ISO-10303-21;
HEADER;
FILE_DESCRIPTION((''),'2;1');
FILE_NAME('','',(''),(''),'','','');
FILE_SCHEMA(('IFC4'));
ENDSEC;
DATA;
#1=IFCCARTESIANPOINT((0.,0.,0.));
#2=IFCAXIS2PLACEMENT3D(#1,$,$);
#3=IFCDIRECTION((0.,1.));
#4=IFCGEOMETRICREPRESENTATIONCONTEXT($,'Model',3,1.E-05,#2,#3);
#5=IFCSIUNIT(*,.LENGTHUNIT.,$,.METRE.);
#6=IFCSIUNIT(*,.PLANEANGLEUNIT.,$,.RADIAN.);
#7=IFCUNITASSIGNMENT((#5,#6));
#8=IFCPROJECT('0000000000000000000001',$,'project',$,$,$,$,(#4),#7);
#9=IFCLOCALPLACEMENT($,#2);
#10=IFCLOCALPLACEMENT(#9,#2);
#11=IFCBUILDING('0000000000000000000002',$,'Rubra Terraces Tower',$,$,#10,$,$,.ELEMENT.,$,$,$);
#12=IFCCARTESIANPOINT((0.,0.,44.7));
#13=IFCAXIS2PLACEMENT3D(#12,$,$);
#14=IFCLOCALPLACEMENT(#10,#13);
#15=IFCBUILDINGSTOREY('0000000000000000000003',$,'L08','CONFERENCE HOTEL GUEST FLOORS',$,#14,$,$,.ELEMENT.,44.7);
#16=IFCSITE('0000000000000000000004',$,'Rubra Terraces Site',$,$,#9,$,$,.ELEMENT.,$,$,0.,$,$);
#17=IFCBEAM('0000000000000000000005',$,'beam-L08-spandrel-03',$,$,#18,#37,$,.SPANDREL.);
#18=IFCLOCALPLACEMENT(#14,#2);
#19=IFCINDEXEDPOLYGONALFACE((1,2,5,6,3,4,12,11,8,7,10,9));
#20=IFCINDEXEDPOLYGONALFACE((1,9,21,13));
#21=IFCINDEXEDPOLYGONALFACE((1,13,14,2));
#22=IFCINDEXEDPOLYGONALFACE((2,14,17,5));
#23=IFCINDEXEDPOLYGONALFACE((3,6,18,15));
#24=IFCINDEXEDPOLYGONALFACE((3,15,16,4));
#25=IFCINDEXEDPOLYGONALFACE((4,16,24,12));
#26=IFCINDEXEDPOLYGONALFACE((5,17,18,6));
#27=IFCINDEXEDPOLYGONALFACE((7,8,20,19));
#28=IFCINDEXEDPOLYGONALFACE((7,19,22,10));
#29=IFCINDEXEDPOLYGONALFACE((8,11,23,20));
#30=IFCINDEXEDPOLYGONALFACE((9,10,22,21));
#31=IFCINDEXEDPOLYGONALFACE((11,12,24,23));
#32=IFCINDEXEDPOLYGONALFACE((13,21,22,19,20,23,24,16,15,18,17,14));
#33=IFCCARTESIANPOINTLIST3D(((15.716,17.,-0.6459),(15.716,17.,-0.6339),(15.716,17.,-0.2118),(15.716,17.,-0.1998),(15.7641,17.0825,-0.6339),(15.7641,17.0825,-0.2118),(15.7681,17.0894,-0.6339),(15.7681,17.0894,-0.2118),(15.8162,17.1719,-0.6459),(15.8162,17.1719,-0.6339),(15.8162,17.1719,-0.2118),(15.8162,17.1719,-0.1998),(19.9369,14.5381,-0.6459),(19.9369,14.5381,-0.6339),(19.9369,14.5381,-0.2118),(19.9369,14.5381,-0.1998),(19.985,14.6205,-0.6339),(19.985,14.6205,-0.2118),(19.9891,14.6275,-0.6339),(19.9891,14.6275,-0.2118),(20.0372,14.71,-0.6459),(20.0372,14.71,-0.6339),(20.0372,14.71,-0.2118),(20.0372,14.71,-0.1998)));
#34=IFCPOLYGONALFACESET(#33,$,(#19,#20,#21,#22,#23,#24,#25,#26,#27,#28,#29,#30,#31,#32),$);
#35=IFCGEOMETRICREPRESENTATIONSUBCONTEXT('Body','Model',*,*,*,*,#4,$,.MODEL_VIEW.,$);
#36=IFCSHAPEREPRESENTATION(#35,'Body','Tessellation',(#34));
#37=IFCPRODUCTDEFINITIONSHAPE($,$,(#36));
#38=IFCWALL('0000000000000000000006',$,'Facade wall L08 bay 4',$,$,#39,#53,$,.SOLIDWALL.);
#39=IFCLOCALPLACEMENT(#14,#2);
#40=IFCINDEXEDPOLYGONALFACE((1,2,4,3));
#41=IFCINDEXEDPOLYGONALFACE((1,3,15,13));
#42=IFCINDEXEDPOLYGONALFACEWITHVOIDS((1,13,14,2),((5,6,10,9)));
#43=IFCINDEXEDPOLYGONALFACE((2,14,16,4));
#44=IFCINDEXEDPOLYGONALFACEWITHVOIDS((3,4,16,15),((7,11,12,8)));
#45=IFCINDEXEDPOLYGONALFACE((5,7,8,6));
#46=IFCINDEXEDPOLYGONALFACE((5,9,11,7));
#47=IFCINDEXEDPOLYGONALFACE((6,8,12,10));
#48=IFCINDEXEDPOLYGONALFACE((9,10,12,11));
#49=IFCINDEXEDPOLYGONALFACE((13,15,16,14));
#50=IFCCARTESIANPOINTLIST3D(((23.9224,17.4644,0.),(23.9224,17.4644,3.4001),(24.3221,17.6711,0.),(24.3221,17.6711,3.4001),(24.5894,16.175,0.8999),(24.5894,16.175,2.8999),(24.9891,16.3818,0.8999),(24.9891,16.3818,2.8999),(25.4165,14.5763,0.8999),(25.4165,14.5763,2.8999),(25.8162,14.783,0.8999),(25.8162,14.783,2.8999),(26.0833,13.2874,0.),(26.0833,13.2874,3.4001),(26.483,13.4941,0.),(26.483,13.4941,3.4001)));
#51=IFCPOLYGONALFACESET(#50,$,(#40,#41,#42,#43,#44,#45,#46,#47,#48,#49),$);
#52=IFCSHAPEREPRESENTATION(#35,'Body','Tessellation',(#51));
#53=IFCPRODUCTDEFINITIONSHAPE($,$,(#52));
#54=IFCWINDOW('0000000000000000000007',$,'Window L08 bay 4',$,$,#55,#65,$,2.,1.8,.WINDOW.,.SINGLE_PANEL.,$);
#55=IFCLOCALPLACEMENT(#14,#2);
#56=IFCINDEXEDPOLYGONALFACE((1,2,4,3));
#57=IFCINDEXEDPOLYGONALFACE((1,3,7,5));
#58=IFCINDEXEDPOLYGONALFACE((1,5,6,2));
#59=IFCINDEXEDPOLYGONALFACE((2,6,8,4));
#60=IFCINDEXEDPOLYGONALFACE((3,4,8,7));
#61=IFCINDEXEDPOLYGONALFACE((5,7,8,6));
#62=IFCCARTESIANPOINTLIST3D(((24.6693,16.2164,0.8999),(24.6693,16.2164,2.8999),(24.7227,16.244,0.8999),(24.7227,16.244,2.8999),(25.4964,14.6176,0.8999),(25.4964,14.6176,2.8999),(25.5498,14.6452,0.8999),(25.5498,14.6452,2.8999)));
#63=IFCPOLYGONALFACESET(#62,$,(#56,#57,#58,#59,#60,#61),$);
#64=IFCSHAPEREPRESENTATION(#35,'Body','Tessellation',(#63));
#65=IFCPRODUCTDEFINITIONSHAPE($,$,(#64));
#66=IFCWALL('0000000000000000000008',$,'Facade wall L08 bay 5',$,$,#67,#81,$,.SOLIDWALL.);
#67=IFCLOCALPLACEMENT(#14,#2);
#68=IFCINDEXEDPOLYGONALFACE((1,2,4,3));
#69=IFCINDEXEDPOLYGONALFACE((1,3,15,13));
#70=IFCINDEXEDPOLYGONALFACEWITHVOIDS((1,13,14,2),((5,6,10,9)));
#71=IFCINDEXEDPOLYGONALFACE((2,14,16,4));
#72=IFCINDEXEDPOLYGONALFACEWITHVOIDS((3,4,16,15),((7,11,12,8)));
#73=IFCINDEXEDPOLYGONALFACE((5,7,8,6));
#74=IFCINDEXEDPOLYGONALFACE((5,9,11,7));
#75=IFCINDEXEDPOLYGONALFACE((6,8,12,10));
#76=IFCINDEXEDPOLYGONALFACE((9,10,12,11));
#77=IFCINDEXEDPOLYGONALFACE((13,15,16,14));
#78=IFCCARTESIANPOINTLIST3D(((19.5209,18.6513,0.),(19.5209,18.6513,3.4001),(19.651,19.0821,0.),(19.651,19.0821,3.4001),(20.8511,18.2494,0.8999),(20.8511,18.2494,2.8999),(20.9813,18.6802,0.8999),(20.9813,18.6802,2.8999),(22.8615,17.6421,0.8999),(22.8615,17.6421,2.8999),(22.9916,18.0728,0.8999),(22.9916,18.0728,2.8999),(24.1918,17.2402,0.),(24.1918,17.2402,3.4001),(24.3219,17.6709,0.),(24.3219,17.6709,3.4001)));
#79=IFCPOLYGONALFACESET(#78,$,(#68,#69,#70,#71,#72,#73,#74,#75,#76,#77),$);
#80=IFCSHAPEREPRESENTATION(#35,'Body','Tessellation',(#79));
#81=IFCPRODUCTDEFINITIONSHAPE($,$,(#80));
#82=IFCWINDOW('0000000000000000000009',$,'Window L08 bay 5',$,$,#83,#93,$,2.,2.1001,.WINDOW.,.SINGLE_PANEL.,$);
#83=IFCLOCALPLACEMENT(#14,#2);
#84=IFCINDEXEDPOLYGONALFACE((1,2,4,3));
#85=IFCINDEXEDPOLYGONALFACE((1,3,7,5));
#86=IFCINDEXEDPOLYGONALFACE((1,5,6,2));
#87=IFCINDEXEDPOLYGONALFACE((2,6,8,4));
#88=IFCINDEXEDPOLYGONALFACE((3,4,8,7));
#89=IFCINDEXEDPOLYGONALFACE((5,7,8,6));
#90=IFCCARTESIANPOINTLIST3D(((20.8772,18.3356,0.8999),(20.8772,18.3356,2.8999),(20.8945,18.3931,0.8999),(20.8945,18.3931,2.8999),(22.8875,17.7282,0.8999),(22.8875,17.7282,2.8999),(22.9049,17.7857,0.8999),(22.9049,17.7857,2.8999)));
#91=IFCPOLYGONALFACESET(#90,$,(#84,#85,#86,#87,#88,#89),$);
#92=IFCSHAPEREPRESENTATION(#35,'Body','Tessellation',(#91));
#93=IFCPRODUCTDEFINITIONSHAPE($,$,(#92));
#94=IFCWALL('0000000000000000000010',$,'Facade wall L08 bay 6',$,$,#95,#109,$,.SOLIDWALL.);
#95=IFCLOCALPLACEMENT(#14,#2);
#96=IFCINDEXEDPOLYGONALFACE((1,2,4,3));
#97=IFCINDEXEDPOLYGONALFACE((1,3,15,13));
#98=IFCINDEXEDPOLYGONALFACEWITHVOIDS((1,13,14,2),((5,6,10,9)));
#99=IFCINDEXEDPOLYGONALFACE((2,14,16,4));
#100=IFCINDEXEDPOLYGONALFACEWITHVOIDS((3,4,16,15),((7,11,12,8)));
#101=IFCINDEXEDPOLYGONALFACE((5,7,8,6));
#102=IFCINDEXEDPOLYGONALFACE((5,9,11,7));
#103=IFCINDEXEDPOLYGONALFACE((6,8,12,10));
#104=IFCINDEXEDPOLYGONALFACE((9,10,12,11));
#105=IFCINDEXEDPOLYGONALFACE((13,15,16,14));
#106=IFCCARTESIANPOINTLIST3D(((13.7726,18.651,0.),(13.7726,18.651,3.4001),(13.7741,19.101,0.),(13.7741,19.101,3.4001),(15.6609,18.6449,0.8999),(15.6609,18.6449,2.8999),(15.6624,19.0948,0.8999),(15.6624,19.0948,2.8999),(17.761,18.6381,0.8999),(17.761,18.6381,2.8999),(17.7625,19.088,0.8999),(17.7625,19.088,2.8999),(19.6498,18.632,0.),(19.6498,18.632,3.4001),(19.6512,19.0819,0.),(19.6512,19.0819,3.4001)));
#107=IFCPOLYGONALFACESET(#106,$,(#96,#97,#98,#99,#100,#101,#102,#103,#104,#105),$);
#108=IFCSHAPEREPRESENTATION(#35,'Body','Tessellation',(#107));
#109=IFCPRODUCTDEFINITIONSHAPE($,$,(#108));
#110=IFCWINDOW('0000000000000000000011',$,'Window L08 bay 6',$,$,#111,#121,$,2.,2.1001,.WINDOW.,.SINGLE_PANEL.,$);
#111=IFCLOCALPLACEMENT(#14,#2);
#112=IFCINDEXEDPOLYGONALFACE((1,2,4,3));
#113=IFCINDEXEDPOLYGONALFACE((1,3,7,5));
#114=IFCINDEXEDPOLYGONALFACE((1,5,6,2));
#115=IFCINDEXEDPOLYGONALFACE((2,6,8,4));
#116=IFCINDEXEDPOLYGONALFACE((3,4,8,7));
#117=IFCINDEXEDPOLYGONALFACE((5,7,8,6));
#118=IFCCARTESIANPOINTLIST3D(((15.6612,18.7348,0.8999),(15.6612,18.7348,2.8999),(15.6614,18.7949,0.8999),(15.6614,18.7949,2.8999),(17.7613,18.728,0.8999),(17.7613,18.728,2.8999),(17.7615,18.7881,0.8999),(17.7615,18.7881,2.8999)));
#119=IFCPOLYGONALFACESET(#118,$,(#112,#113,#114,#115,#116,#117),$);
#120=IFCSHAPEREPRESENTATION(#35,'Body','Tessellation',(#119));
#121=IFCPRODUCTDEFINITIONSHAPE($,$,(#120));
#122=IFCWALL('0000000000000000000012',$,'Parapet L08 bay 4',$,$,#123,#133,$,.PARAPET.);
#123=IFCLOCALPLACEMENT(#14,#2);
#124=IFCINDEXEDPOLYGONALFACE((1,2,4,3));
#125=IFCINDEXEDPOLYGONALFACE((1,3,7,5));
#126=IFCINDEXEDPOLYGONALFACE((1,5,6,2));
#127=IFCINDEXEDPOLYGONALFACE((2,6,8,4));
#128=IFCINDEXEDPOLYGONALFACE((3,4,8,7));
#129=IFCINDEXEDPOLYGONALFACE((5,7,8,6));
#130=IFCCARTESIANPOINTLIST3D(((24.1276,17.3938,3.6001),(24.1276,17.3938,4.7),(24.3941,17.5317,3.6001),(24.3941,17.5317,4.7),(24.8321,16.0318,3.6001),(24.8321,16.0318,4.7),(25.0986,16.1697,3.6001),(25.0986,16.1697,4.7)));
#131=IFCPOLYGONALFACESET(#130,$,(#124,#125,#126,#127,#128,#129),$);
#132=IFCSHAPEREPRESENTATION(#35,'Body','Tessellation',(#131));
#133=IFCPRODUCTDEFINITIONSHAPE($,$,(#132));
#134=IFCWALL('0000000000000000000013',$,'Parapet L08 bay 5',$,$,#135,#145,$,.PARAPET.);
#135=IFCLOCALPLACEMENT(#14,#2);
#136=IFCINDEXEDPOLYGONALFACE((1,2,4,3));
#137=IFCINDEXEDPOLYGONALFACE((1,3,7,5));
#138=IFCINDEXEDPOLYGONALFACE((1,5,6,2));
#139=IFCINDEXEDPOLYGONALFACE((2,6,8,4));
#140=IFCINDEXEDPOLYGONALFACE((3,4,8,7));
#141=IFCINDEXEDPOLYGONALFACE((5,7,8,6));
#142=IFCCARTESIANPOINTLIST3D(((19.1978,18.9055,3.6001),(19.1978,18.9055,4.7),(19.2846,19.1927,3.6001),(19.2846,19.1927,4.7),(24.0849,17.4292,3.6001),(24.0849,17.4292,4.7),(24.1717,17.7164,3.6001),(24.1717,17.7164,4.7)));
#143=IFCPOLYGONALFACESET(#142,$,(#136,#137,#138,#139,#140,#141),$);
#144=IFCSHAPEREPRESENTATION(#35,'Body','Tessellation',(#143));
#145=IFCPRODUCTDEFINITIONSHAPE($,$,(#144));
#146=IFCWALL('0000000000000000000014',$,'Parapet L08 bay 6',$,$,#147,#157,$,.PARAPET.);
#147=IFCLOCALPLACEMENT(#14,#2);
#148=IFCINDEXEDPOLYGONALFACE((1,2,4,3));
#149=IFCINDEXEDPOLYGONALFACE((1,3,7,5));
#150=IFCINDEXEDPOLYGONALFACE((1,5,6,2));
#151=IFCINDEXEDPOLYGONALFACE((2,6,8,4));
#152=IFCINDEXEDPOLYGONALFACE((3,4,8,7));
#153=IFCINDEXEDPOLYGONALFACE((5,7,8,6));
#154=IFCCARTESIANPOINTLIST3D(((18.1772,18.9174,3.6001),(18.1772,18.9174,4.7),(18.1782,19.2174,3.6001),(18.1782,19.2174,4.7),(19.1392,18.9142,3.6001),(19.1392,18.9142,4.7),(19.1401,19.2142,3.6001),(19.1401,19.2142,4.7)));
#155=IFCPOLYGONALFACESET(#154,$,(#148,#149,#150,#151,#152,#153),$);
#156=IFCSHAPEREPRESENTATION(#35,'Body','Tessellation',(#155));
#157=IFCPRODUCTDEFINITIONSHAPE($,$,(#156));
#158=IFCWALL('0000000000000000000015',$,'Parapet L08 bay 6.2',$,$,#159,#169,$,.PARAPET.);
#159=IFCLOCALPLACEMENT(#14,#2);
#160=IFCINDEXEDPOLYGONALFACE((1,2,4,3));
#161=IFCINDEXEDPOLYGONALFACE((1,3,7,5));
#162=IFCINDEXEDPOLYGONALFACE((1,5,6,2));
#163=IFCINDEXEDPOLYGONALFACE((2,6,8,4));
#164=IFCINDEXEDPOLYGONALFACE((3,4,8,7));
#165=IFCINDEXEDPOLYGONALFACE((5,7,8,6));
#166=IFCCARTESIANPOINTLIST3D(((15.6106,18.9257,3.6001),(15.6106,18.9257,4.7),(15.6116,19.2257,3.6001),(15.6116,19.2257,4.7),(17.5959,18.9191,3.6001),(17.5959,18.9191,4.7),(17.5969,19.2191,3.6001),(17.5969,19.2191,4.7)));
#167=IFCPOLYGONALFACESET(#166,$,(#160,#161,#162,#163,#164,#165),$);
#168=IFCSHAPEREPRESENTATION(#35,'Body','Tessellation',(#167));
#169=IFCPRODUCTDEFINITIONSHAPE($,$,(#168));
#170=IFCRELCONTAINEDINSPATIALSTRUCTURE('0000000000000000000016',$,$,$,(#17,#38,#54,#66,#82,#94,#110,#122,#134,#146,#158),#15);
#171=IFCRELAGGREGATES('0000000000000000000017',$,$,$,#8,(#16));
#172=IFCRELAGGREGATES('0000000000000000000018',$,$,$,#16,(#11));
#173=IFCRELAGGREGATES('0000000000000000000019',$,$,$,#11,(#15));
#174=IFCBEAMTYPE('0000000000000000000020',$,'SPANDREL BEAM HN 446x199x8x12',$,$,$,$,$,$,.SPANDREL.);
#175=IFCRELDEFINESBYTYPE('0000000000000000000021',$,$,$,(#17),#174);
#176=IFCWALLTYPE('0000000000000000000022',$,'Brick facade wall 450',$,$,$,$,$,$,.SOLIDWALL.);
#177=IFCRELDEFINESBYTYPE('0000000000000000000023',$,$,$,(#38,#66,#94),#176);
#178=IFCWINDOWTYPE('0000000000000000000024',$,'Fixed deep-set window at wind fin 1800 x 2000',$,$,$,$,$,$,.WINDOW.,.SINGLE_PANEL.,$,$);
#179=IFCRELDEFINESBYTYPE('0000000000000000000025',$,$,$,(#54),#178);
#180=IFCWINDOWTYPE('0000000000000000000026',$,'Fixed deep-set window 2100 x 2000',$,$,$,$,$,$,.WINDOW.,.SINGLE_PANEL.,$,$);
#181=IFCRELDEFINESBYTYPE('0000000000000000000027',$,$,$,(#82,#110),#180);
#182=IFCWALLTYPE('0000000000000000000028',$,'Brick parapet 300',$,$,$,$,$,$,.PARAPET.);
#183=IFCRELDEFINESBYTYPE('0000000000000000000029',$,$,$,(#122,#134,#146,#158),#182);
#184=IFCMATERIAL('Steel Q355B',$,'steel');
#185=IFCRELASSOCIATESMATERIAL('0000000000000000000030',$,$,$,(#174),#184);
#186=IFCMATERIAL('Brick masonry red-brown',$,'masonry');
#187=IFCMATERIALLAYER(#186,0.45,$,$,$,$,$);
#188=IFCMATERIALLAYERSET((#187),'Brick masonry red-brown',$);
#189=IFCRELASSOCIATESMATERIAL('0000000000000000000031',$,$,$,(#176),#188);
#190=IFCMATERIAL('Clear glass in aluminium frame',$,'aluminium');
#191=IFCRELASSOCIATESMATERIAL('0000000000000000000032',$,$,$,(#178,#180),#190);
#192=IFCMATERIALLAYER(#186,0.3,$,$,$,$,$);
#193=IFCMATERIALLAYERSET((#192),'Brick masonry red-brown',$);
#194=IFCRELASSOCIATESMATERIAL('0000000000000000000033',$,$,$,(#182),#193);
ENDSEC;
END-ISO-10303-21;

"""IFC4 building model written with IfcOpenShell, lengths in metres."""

from ifc_helpers import new_model, si_unit, direction, frame, frame_2d, origin, origin_2d, place, context, subcontext, project, spatial, rectangle, i_section, extrude, material, layer, layer_set, material_profile, profile_set, type_object, element, fill, save


model = new_model("IFC4")

# Units and contexts
model_context = context("Model", 3, precision=1e-05, world=origin(), true_north=direction((0.0, 1.0)))
body_context = subcontext(model_context, "Body", "Model", "MODEL_VIEW")
ifc_project = project(units=[si_unit("LENGTHUNIT", "METRE"), si_unit("PLANEANGLEUNIT", "RADIAN")], contexts=[model_context])

# Site, building, storey
site_placement = place(None, origin())
site = spatial("IfcSite", under=ifc_project, at=site_placement, Name="Rubra Terraces Site", CompositionType="ELEMENT", RefElevation=0.0)
building_placement = place(site_placement, origin())
building = spatial("IfcBuilding", under=site, at=building_placement, Name="Rubra Terraces Tower", CompositionType="ELEMENT")
storey_placement = place(building_placement, frame((0.0, 0.0, 44.7)))
storey = spatial("IfcBuildingStorey", under=building, at=storey_placement, Name="L08", Description="CONFERENCE HOTEL GUEST FLOORS", CompositionType="ELEMENT", Elevation=44.7)

# Beam
ifc_material_1 = material(Name="Steel Q355B", Category="steel")
ifc_material_profile_1 = material_profile(ifc_material_1, i_section(OverallWidth=0.199, OverallDepth=0.446, WebThickness=0.0081, FlangeThickness=0.012, at=origin_2d()), Name="HN 446x199x8x12")
ifc_profile_set_1 = profile_set([ifc_material_profile_1], Name="Steel Q355B")
beam_type_1 = type_object("IfcBeamType", Name="SPANDREL BEAM HN 446x199x8x12", PredefinedType="SPANDREL", material=ifc_profile_set_1)
beam_1_placement = place(storey_placement, frame((19.9871, 14.624, -0.4229), z_axis=(-0.863806, 0.503824, 0.0), x_axis=(-0.503824, -0.863806, 0.0)))
element("IfcBeam", 1, at=beam_1_placement, inside=storey, type_object=beam_type_1, Name="beam-L08-spandrel-03", PredefinedType="SPANDREL", context=body_context, shape_type="SweptSolid", body=[
    extrude(i_section(OverallWidth=0.199, OverallDepth=0.446, WebThickness=0.0081, FlangeThickness=0.012, at=origin_2d()), origin(), (0.0, 0.0, 1.0), 4.8865),
])

# Walls, openings, windows
ifc_material_2 = material(Name="Brick masonry red-brown", Category="masonry")
ifc_layer_1 = layer(ifc_material_2, 0.45)
ifc_layer_set_1 = layer_set([ifc_layer_1], Name="Brick masonry red-brown")
wall_type_1 = type_object("IfcWallType", Name="Brick facade wall 450", PredefinedType="SOLIDWALL", material=ifc_layer_set_1)
wall_1_placement = place(storey_placement, frame((26.2832, 13.3906, 0.0), z_axis=(0.0, 0.0, 1.0), x_axis=(-0.459485, 0.888185, 0.0)))
wall_1 = element("IfcWall", 2, at=wall_1_placement, inside=storey, type_object=wall_type_1, Name="Facade wall L08 bay 4", PredefinedType="SOLIDWALL", context=body_context, shape_type="SweptSolid", body=[
    extrude(rectangle(XDim=4.7029, YDim=0.45, at=frame_2d((2.3516, 0.0))), origin(), (0.0, 0.0, 1.0), 3.4001),
])
opening_1_placement = place(wall_1_placement, frame((1.4514, 0.0, 0.8999)))
opening_1 = element("IfcOpeningElement", 3, at=opening_1_placement, cuts=wall_1, PredefinedType="OPENING", context=body_context, shape_type="SweptSolid", body=[
    extrude(rectangle(XDim=1.8, YDim=2.0, at=frame_2d((0.8999, 1.0))), frame((0.0, 0.2349, 0.0), z_axis=(0.0, -1.0, 0.0), x_axis=(1.0, 0.0, 0.0)), (0.0, 0.0, 1.0), 0.47),
])
ifc_material_3 = material(Name="Clear glass in aluminium frame", Category="aluminium")
window_type_1 = type_object("IfcWindowType", Name="Fixed deep-set window at wind fin 1800 x 2000", PartitioningType="SINGLE_PANEL", PredefinedType="WINDOW", material=ifc_material_3)
window_1_placement = place(opening_1_placement, origin())
window_1 = element("IfcWindow", 4, at=window_1_placement, inside=storey, type_object=window_type_1, Name="Window L08 bay 4", OverallHeight=2.0, OverallWidth=1.8, PartitioningType="SINGLE_PANEL", PredefinedType="WINDOW", context=body_context, shape_type="SweptSolid", body=[
    extrude(rectangle(XDim=1.8, YDim=2.0, at=frame_2d((0.8999, 1.0))), frame((0.0, 0.135, 0.0), z_axis=(0.0, -1.0, 0.0), x_axis=(1.0, 0.0, 0.0)), (0.0, 0.0, 1.0), 0.0601),
])
fill(opening_1, window_1)
wall_2_placement = place(storey_placement, frame((24.2568, 17.4556, 0.0), z_axis=(0.0, 0.0, 1.0), x_axis=(-0.957268, 0.289202, 0.0)))
wall_2 = element("IfcWall", 5, at=wall_2_placement, inside=storey, type_object=wall_type_1, Name="Facade wall L08 bay 5", PredefinedType="SOLIDWALL", context=body_context, shape_type="SweptSolid", body=[
    extrude(rectangle(XDim=4.8794, YDim=0.45, at=frame_2d((2.4397, 0.0))), origin(), (0.0, 0.0, 1.0), 3.4001),
])
opening_2_placement = place(wall_2_placement, frame((1.3896, 0.0, 0.8999)))
opening_2 = element("IfcOpeningElement", 6, at=opening_2_placement, cuts=wall_2, PredefinedType="OPENING", context=body_context, shape_type="SweptSolid", body=[
    extrude(rectangle(XDim=2.1001, YDim=2.0, at=frame_2d((1.05, 1.0))), frame((0.0, 0.2349, 0.0), z_axis=(0.0, -1.0, 0.0), x_axis=(1.0, 0.0, 0.0)), (0.0, 0.0, 1.0), 0.47),
])
window_type_2 = type_object("IfcWindowType", Name="Fixed deep-set window 2100 x 2000", PartitioningType="SINGLE_PANEL", PredefinedType="WINDOW", material=ifc_material_3)
window_2_placement = place(opening_2_placement, origin())
window_2 = element("IfcWindow", 7, at=window_2_placement, inside=storey, type_object=window_type_2, Name="Window L08 bay 5", OverallHeight=2.0, OverallWidth=2.1001, PartitioningType="SINGLE_PANEL", PredefinedType="WINDOW", context=body_context, shape_type="SweptSolid", body=[
    extrude(rectangle(XDim=2.1001, YDim=2.0, at=frame_2d((1.05, 1.0))), frame((0.0, 0.135, 0.0), z_axis=(0.0, -1.0, 0.0), x_axis=(1.0, 0.0, 0.0)), (0.0, 0.0, 1.0), 0.0601),
])
fill(opening_2, window_2)
wall_3_placement = place(storey_placement, frame((19.6504, 18.8569, 0.0), z_axis=(0.0, 0.0, 1.0), x_axis=(-0.999995, 0.00324, 0.0)))
wall_3 = element("IfcWall", 8, at=wall_3_placement, inside=storey, type_object=wall_type_1, Name="Facade wall L08 bay 6", PredefinedType="SOLIDWALL", context=body_context, shape_type="SweptSolid", body=[
    extrude(rectangle(XDim=5.8772, YDim=0.45, at=frame_2d((2.9385, 0.0))), origin(), (0.0, 0.0, 1.0), 3.4001),
])
opening_3_placement = place(wall_3_placement, frame((1.8887, 0.0, 0.8999)))
opening_3 = element("IfcOpeningElement", 9, at=opening_3_placement, cuts=wall_3, PredefinedType="OPENING", context=body_context, shape_type="SweptSolid", body=[
    extrude(rectangle(XDim=2.1001, YDim=2.0, at=frame_2d((1.05, 1.0))), frame((0.0, 0.2349, 0.0), z_axis=(0.0, -1.0, 0.0), x_axis=(1.0, 0.0, 0.0)), (0.0, 0.0, 1.0), 0.47),
])
window_3_placement = place(opening_3_placement, origin())
window_3 = element("IfcWindow", 10, at=window_3_placement, inside=storey, type_object=window_type_2, Name="Window L08 bay 6", OverallHeight=2.0, OverallWidth=2.1001, PartitioningType="SINGLE_PANEL", PredefinedType="WINDOW", context=body_context, shape_type="SweptSolid", body=[
    extrude(rectangle(XDim=2.1001, YDim=2.0, at=frame_2d((1.05, 1.0))), frame((0.0, 0.135, 0.0), z_axis=(0.0, -1.0, 0.0), x_axis=(1.0, 0.0, 0.0)), (0.0, 0.0, 1.0), 0.0601),
])
fill(opening_3, window_3)

# Walls
ifc_layer_2 = layer(ifc_material_2, 0.3)
ifc_layer_set_2 = layer_set([ifc_layer_2], Name="Brick masonry red-brown")
wall_type_2 = type_object("IfcWallType", Name="Brick parapet 300", PredefinedType="PARAPET", material=ifc_layer_set_2)
wall_4_placement = place(storey_placement, frame((24.9653, 16.1008, 3.6001), z_axis=(0.0, 0.0, 1.0), x_axis=(-0.459462, 0.888197, 0.0)))
element("IfcWall", 11, at=wall_4_placement, inside=storey, type_object=wall_type_2, Name="Parapet L08 bay 4", PredefinedType="PARAPET", context=body_context, shape_type="SweptSolid", body=[
    extrude(rectangle(XDim=1.5334, YDim=0.3, at=frame_2d((0.7666, 0.0))), origin(), (0.0, 0.0, 1.0), 1.0999),
])
wall_5_placement = place(storey_placement, frame((24.1284, 17.5728, 3.6001), z_axis=(0.0, 0.0, 1.0), x_axis=(-0.957277, 0.289172, 0.0)))
element("IfcWall", 12, at=wall_5_placement, inside=storey, type_object=wall_type_2, Name="Parapet L08 bay 5", PredefinedType="PARAPET", context=body_context, shape_type="SweptSolid", body=[
    extrude(rectangle(XDim=5.1052, YDim=0.3, at=frame_2d((2.5527, 0.0))), origin(), (0.0, 0.0, 1.0), 1.0999),
])
wall_6_placement = place(storey_placement, frame((19.1396, 19.0642, 3.6001), z_axis=(0.0, 0.0, 1.0), x_axis=(-0.999995, 0.003299, 0.0)))
element("IfcWall", 13, at=wall_6_placement, inside=storey, type_object=wall_type_2, Name="Parapet L08 bay 6", PredefinedType="PARAPET", context=body_context, shape_type="SweptSolid", body=[
    extrude(rectangle(XDim=0.9619, YDim=0.3, at=frame_2d((0.481, 0.0))), origin(), (0.0, 0.0, 1.0), 1.0999),
])
wall_7_placement = place(storey_placement, frame((17.5964, 19.0691, 3.6001), z_axis=(0.0, 0.0, 1.0), x_axis=(-0.999994, 0.00332, 0.0)))
element("IfcWall", 14, at=wall_7_placement, inside=storey, type_object=wall_type_2, Name="Parapet L08 bay 6.2", PredefinedType="PARAPET", context=body_context, shape_type="SweptSolid", body=[
    extrude(rectangle(XDim=1.9854, YDim=0.3, at=frame_2d((0.9927, 0.0))), origin(), (0.0, 0.0, 1.0), 1.0999),
])

save(model, "model.ifc")
